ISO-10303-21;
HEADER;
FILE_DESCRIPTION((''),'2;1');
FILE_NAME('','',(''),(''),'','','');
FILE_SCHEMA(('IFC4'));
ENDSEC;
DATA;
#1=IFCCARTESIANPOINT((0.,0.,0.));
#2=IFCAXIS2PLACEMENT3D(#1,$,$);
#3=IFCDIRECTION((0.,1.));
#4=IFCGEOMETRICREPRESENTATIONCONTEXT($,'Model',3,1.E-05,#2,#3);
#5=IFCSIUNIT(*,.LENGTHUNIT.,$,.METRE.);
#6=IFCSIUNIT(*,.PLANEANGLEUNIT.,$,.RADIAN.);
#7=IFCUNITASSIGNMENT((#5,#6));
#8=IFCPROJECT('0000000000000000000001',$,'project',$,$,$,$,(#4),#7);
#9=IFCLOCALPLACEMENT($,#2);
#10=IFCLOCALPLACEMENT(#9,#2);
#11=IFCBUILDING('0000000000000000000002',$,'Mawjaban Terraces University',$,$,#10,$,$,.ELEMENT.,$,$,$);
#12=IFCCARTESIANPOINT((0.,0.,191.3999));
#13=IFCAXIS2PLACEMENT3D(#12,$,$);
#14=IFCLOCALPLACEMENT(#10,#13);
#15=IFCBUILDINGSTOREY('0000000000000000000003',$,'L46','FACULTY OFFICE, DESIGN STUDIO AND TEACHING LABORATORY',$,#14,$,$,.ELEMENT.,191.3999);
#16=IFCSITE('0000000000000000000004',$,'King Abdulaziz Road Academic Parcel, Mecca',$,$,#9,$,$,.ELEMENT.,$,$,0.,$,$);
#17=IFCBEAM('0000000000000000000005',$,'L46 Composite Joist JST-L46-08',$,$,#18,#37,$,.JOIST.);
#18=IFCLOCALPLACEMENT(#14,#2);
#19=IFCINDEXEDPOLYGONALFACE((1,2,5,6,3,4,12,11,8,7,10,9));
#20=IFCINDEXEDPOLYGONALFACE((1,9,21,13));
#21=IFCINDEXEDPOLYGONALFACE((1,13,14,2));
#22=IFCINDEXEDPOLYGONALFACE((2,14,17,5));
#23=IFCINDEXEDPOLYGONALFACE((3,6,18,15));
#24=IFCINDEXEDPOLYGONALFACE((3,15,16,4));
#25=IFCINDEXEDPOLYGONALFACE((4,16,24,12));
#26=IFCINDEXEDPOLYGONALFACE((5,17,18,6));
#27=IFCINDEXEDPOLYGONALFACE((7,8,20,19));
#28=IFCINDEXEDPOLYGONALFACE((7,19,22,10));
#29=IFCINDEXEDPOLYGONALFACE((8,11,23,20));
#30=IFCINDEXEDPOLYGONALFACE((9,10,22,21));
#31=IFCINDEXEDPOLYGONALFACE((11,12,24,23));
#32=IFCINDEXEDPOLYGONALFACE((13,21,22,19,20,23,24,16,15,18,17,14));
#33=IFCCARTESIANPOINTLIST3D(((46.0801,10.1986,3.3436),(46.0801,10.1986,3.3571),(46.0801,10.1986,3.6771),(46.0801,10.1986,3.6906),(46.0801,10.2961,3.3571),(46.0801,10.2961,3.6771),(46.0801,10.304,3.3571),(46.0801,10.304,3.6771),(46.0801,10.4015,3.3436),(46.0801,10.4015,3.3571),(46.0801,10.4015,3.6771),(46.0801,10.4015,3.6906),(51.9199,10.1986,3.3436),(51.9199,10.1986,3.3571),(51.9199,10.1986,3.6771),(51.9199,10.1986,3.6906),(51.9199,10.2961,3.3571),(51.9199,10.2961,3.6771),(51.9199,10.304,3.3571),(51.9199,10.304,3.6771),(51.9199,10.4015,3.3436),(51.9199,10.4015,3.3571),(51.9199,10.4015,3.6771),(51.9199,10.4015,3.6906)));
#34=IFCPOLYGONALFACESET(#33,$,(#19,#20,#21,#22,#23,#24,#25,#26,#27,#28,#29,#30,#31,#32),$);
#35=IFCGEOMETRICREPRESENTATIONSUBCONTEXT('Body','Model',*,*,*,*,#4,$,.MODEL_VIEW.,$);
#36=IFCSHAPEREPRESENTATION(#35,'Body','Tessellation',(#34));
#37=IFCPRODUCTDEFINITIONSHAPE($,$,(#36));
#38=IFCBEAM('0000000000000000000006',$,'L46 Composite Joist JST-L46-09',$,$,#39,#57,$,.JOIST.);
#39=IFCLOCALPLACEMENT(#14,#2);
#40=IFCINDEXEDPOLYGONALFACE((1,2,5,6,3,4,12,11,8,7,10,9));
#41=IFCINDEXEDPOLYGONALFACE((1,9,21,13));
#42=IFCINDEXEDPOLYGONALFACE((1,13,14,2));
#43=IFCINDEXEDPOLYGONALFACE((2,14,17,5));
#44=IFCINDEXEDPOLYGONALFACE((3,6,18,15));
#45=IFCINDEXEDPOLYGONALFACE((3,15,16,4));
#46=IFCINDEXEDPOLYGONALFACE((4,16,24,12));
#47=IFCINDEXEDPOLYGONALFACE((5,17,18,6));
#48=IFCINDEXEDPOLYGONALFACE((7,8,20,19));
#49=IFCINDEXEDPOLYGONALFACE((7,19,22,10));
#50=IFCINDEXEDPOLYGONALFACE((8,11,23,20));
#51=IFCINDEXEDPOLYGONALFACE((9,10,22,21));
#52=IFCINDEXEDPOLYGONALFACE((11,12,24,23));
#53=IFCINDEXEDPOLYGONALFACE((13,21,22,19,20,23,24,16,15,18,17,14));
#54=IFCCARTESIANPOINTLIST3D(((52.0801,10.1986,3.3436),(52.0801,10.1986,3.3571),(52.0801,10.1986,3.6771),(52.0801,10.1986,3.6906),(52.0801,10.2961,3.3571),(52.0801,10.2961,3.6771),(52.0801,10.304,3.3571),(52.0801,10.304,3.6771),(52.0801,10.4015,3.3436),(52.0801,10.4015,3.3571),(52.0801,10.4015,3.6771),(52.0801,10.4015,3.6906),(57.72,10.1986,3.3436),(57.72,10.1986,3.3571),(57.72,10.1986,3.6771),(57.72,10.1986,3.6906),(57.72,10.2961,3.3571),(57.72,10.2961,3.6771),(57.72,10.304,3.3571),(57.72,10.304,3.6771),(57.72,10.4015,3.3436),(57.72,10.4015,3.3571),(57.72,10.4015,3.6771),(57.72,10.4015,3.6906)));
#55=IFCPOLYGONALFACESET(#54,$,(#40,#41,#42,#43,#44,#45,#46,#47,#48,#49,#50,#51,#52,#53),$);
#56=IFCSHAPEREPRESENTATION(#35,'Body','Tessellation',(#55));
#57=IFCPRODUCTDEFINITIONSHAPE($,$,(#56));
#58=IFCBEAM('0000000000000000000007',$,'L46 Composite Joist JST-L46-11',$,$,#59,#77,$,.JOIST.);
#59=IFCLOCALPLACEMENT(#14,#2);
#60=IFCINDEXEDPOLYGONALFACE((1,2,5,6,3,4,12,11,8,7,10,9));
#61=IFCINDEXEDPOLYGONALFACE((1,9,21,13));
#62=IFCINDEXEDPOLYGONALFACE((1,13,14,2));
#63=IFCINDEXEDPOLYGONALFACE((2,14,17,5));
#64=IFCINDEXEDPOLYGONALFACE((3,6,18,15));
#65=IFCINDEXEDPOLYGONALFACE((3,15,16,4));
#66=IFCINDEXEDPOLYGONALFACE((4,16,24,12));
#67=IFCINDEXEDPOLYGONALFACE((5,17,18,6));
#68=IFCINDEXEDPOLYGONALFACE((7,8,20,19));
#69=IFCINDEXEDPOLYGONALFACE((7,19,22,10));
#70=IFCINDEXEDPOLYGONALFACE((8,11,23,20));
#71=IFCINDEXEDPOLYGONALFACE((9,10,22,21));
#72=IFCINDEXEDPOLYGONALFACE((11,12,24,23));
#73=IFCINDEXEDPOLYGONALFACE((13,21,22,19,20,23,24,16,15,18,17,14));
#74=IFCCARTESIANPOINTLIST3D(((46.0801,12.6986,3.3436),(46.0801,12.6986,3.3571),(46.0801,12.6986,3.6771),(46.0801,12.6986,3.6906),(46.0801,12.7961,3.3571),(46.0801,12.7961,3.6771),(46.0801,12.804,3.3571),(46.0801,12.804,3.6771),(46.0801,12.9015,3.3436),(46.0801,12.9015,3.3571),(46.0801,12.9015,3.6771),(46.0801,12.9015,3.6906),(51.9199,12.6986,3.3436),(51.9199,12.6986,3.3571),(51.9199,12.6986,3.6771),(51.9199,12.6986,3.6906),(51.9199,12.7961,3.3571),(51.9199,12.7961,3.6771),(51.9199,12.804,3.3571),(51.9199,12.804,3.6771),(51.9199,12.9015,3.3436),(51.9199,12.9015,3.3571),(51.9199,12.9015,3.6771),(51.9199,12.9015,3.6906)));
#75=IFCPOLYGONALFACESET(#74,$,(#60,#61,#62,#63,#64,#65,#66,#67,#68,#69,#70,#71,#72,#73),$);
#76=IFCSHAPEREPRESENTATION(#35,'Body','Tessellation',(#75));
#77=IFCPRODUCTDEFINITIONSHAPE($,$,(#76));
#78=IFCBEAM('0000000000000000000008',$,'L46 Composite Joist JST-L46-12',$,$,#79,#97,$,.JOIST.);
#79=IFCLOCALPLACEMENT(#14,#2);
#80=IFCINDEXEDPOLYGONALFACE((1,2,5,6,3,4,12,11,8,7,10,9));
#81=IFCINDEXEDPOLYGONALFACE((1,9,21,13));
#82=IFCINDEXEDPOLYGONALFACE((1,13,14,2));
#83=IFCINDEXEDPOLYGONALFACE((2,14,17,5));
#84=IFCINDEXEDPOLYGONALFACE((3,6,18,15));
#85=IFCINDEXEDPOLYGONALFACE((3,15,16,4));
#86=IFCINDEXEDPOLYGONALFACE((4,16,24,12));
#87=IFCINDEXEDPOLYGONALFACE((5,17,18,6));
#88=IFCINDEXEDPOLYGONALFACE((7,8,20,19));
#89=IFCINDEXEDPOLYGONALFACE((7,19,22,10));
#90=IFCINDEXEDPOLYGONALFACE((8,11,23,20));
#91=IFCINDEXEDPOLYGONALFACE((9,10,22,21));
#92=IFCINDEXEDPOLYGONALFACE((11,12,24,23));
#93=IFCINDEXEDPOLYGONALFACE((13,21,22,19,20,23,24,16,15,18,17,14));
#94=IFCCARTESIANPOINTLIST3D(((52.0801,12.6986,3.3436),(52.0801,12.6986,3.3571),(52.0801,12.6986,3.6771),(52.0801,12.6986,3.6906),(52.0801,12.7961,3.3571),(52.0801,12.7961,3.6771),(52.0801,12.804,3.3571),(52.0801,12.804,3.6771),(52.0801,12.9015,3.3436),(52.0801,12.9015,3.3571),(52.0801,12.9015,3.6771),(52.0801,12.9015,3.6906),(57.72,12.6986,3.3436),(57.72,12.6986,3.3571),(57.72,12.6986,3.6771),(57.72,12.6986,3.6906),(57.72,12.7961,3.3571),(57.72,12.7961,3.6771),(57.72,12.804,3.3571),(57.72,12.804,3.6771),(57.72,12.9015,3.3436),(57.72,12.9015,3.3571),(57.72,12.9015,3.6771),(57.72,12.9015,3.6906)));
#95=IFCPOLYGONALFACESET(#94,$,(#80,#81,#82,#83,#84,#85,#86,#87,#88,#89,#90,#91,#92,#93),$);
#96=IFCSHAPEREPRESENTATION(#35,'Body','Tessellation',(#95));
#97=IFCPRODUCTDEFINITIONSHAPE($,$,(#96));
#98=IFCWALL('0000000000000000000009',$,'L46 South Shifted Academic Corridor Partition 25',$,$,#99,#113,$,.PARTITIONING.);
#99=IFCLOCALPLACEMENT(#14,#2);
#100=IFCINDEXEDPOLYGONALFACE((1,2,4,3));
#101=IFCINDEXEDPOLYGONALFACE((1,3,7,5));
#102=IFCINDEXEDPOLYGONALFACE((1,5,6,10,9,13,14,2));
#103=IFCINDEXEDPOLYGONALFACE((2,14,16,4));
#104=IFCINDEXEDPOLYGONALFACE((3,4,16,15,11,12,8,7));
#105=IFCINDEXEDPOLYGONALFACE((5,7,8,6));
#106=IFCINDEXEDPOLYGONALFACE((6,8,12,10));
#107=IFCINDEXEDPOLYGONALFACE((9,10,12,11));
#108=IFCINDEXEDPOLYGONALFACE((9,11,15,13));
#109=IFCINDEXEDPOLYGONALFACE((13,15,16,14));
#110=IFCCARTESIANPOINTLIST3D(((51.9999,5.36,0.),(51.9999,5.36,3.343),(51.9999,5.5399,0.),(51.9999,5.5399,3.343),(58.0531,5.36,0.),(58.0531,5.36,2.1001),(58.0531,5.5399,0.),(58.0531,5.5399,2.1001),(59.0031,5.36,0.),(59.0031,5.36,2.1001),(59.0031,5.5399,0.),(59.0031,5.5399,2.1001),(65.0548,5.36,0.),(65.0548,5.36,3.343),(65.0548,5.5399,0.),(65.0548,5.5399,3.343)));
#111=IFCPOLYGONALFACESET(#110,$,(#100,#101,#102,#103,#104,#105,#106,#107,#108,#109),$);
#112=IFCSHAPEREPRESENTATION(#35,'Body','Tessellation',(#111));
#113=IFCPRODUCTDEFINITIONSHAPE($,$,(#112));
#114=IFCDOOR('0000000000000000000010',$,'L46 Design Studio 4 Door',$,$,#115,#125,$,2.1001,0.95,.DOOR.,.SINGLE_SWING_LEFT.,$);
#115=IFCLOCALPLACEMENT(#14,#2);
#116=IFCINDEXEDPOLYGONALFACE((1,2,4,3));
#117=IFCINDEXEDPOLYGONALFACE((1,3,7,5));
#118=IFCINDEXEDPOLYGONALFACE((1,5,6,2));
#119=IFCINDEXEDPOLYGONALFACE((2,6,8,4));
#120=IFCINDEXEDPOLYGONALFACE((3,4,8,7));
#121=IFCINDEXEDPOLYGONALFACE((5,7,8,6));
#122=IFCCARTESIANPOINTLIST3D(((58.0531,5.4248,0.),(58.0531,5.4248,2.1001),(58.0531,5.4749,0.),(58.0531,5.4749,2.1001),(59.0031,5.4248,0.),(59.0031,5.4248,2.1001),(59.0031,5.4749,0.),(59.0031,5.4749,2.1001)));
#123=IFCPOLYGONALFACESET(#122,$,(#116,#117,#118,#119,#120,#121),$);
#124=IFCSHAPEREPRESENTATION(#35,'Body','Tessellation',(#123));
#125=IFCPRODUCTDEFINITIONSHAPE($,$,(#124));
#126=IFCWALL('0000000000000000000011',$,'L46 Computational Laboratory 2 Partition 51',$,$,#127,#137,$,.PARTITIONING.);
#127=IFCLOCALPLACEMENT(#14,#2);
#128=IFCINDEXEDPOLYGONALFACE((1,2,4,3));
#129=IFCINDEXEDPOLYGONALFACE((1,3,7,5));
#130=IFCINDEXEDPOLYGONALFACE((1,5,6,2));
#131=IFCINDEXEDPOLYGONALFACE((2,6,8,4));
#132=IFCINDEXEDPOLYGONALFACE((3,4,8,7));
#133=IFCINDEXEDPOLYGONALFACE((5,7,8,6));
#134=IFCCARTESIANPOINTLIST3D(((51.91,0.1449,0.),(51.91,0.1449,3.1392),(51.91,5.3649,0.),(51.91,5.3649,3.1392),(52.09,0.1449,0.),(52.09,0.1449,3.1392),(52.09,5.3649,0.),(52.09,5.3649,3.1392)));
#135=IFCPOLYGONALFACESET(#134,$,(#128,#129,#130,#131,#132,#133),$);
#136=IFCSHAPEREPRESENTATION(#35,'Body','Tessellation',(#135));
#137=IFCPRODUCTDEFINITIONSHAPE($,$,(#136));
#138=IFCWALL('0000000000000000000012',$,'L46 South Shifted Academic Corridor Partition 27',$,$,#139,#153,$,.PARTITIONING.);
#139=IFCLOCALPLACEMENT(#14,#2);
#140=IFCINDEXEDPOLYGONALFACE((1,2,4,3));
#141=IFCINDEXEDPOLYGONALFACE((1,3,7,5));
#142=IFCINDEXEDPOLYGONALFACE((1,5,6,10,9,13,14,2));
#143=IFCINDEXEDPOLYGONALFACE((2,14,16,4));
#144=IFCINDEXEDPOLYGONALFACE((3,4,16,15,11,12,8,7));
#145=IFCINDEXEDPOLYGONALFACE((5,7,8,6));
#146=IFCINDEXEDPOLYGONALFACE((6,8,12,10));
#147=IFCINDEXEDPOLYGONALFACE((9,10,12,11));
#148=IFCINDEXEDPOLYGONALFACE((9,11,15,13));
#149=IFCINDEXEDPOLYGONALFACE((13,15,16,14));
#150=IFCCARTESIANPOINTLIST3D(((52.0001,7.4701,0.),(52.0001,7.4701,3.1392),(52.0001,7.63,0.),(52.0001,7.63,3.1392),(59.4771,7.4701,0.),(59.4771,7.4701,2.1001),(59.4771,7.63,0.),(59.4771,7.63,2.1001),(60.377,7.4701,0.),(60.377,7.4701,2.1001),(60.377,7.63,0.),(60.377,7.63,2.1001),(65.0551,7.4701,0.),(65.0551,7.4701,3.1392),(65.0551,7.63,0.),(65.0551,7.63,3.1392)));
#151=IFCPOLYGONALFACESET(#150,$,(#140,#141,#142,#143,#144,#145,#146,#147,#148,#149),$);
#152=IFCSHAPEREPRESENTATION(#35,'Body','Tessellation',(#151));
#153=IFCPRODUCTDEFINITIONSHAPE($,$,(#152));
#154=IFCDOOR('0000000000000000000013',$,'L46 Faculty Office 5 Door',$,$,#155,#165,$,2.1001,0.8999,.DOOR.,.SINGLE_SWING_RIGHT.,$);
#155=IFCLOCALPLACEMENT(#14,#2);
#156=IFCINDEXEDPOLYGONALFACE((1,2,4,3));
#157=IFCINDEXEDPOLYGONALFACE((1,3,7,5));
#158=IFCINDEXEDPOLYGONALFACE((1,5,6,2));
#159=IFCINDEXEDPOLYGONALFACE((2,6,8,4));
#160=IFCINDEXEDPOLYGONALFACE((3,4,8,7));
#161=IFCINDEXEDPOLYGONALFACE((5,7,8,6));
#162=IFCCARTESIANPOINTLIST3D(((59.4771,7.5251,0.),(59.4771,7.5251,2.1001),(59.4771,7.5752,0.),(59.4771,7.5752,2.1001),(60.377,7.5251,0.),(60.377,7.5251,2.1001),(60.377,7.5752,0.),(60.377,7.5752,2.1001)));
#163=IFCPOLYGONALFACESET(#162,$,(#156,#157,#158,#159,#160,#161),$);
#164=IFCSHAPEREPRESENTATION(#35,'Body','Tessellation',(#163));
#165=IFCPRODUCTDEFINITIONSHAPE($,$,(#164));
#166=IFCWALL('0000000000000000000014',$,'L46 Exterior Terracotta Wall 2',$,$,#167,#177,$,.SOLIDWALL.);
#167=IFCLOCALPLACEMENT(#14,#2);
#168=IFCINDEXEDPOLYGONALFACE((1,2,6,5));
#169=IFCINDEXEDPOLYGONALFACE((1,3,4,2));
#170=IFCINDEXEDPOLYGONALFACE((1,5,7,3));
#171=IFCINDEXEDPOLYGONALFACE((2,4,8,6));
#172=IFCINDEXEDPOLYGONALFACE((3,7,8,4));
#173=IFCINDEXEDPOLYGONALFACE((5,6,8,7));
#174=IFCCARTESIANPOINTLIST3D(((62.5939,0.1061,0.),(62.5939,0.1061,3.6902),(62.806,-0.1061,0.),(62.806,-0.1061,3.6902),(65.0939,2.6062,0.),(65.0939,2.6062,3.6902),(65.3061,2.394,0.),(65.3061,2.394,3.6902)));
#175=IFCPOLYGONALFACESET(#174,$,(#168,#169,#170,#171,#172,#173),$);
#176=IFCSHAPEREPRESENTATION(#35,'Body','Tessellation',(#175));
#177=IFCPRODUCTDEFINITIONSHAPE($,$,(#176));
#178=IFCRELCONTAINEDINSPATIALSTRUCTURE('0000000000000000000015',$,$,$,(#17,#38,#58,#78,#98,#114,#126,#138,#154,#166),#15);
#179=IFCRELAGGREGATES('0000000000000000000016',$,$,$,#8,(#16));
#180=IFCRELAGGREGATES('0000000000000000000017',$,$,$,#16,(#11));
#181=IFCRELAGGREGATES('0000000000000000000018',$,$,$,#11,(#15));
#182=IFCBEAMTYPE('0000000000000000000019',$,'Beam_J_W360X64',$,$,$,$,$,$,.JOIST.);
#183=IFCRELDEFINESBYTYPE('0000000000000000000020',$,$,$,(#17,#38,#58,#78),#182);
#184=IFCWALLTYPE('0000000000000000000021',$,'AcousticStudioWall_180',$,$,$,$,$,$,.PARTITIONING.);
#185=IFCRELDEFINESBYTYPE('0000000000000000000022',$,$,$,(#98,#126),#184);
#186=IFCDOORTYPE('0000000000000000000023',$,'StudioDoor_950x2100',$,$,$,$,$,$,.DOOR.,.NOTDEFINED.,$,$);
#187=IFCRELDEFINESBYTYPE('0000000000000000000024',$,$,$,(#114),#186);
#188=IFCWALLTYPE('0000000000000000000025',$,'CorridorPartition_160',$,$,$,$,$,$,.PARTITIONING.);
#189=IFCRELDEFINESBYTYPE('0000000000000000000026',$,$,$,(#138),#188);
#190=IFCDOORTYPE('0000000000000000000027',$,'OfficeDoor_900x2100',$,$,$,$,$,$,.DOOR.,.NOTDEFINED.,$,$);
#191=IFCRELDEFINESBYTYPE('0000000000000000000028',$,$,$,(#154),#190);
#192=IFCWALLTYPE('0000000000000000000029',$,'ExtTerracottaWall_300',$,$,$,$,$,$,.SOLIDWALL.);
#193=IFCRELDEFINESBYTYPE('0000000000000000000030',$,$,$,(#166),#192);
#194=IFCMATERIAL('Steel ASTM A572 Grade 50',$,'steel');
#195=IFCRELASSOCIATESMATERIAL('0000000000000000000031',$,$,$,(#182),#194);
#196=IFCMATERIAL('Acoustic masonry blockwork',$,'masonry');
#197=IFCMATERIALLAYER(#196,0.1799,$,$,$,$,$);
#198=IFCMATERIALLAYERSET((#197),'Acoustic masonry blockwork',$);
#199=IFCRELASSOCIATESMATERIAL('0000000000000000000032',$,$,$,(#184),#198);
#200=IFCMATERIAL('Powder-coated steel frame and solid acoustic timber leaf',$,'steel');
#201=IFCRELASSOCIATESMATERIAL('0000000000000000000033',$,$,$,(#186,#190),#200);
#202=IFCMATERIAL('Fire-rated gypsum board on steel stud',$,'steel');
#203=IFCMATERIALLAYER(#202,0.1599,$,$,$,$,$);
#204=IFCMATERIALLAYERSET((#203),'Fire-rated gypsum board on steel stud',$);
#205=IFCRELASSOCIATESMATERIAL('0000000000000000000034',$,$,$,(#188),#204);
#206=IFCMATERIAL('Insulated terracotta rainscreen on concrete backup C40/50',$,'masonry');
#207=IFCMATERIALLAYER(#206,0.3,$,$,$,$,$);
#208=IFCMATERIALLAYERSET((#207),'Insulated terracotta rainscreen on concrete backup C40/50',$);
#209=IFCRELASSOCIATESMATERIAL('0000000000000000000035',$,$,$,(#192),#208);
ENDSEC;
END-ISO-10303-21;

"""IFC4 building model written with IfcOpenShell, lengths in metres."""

from ifc_helpers import new_model, si_unit, direction, frame, frame_2d, origin, origin_2d, place, context, subcontext, project, spatial, rectangle, i_section, extrude, material, layer, layer_set, material_profile, profile_set, type_object, element, fill, save


model = new_model("IFC4")

# Units and contexts
model_context = context("Model", 3, precision=1e-05, world=origin(), true_north=direction((0.0, 1.0)))
body_context = subcontext(model_context, "Body", "Model", "MODEL_VIEW")
ifc_project = project(units=[si_unit("LENGTHUNIT", "METRE"), si_unit("PLANEANGLEUNIT", "RADIAN")], contexts=[model_context])

# Site, building, storey
site_placement = place(None, origin())
site = spatial("IfcSite", under=ifc_project, at=site_placement, Name="King Abdulaziz Road Academic Parcel, Mecca", CompositionType="ELEMENT", RefElevation=0.0)
building_placement = place(site_placement, origin())
building = spatial("IfcBuilding", under=site, at=building_placement, Name="Mawjaban Terraces University", CompositionType="ELEMENT")
storey_placement = place(building_placement, frame((0.0, 0.0, 191.3999)))
storey = spatial("IfcBuildingStorey", under=building, at=storey_placement, Name="L46", Description="FACULTY OFFICE, DESIGN STUDIO AND TEACHING LABORATORY", CompositionType="ELEMENT", Elevation=191.3999)

# Beams
ifc_material_1 = material(Name="Steel ASTM A572 Grade 50", Category="steel")
ifc_material_profile_1 = material_profile(ifc_material_1, i_section(OverallWidth=0.2029, OverallDepth=0.3469, WebThickness=0.0078, FlangeThickness=0.0134, at=origin_2d()), Name="W360X64")
ifc_profile_set_1 = profile_set([ifc_material_profile_1], Name="Steel ASTM A572 Grade 50")
beam_type_1 = type_object("IfcBeamType", Name="Beam_J_W360X64", PredefinedType="JOIST", material=ifc_profile_set_1)
beam_1_placement = place(storey_placement, frame((46.0801, 10.3, 3.5171), z_axis=(1.0, 0.0, 0.0), x_axis=(0.0, 1.0, 0.0)))
element("IfcBeam", 1, at=beam_1_placement, inside=storey, type_object=beam_type_1, Name="L46 Composite Joist JST-L46-08", PredefinedType="JOIST", context=body_context, shape_type="SweptSolid", body=[
    extrude(i_section(OverallWidth=0.2029, OverallDepth=0.3469, WebThickness=0.0078, FlangeThickness=0.0134, at=origin_2d()), origin(), (0.0, 0.0, 1.0), 5.8398),
])
beam_2_placement = place(storey_placement, frame((52.0801, 10.3, 3.5171), z_axis=(1.0, 0.0, 0.0), x_axis=(0.0, 1.0, 0.0)))
element("IfcBeam", 2, at=beam_2_placement, inside=storey, type_object=beam_type_1, Name="L46 Composite Joist JST-L46-09", PredefinedType="JOIST", context=body_context, shape_type="SweptSolid", body=[
    extrude(i_section(OverallWidth=0.2029, OverallDepth=0.3469, WebThickness=0.0078, FlangeThickness=0.0134, at=origin_2d()), origin(), (0.0, 0.0, 1.0), 5.6399),
])
beam_3_placement = place(storey_placement, frame((46.0801, 12.8, 3.5171), z_axis=(1.0, 0.0, 0.0), x_axis=(0.0, 1.0, 0.0)))
element("IfcBeam", 3, at=beam_3_placement, inside=storey, type_object=beam_type_1, Name="L46 Composite Joist JST-L46-11", PredefinedType="JOIST", context=body_context, shape_type="SweptSolid", body=[
    extrude(i_section(OverallWidth=0.2029, OverallDepth=0.3469, WebThickness=0.0078, FlangeThickness=0.0134, at=origin_2d()), origin(), (0.0, 0.0, 1.0), 5.8398),
])
beam_4_placement = place(storey_placement, frame((52.0801, 12.8, 3.5171), z_axis=(1.0, 0.0, 0.0), x_axis=(0.0, 1.0, 0.0)))
element("IfcBeam", 4, at=beam_4_placement, inside=storey, type_object=beam_type_1, Name="L46 Composite Joist JST-L46-12", PredefinedType="JOIST", context=body_context, shape_type="SweptSolid", body=[
    extrude(i_section(OverallWidth=0.2029, OverallDepth=0.3469, WebThickness=0.0078, FlangeThickness=0.0134, at=origin_2d()), origin(), (0.0, 0.0, 1.0), 5.6399),
])

# Wall, opening, door
ifc_material_2 = material(Name="Acoustic masonry blockwork", Category="masonry")
ifc_layer_1 = layer(ifc_material_2, 0.1799)
ifc_layer_set_1 = layer_set([ifc_layer_1], Name="Acoustic masonry blockwork")
wall_type_1 = type_object("IfcWallType", Name="AcousticStudioWall_180", PredefinedType="PARTITIONING", material=ifc_layer_set_1)
wall_1_placement = place(storey_placement, frame((52.0, 5.45, 0.0), z_axis=(0.0, 0.0, 1.0), x_axis=(1.0, 0.0, 0.0)))
wall_1 = element("IfcWall", 5, at=wall_1_placement, inside=storey, type_object=wall_type_1, Name="L46 South Shifted Academic Corridor Partition 25", PredefinedType="PARTITIONING", context=body_context, shape_type="SweptSolid", body=[
    extrude(rectangle(XDim=13.0549, YDim=0.1799, at=frame_2d((6.5273, 0.0))), origin(), (0.0, 0.0, 1.0), 3.343),
])
opening_1_placement = place(wall_1_placement, frame((6.053, 0.0, 0.0)))
opening_1 = element("IfcOpeningElement", 6, at=opening_1_placement, cuts=wall_1, PredefinedType="OPENING", context=body_context, shape_type="SweptSolid", body=[
    extrude(rectangle(XDim=0.95, YDim=2.1001, at=frame_2d((0.4751, 1.05))), frame((0.0, 0.0999, 0.0), z_axis=(0.0, -1.0, 0.0), x_axis=(1.0, 0.0, 0.0)), (0.0, 0.0, 1.0), 0.2),
])
ifc_material_3 = material(Name="Powder-coated steel frame and solid acoustic timber leaf", Category="steel")
door_type_1 = type_object("IfcDoorType", Name="StudioDoor_950x2100", OperationType="NOTDEFINED", PredefinedType="DOOR", material=ifc_material_3)
door_1_placement = place(opening_1_placement, origin())
door_1 = element("IfcDoor", 7, at=door_1_placement, inside=storey, type_object=door_type_1, Name="L46 Design Studio 4 Door", OperationType="SINGLE_SWING_LEFT", OverallHeight=2.1001, OverallWidth=0.95, PredefinedType="DOOR", context=body_context, shape_type="SweptSolid", body=[
    extrude(rectangle(XDim=0.95, YDim=2.1001, at=frame_2d((0.4751, 1.05))), frame((0.0, 0.0249, 0.0), z_axis=(0.0, -1.0, 0.0), x_axis=(1.0, 0.0, 0.0)), (0.0, 0.0, 1.0), 0.05),
])
fill(opening_1, door_1)

# Wall
wall_2_placement = place(storey_placement, frame((52.0, 0.145, 0.0), z_axis=(0.0, 0.0, 1.0), x_axis=(0.0, 1.0, 0.0)))
element("IfcWall", 8, at=wall_2_placement, inside=storey, type_object=wall_type_1, Name="L46 Computational Laboratory 2 Partition 51", PredefinedType="PARTITIONING", context=body_context, shape_type="SweptSolid", body=[
    extrude(rectangle(XDim=5.22, YDim=0.1799, at=frame_2d((2.6099, 0.0))), origin(), (0.0, 0.0, 1.0), 3.1392),
])

# Wall, opening, door
ifc_material_4 = material(Name="Fire-rated gypsum board on steel stud", Category="steel")
ifc_layer_2 = layer(ifc_material_4, 0.1599)
ifc_layer_set_2 = layer_set([ifc_layer_2], Name="Fire-rated gypsum board on steel stud")
wall_type_2 = type_object("IfcWallType", Name="CorridorPartition_160", PredefinedType="PARTITIONING", material=ifc_layer_set_2)
wall_3_placement = place(storey_placement, frame((65.0549, 7.55, 0.0), z_axis=(0.0, 0.0, 1.0), x_axis=(-1.0, 0.0, 0.0)))
wall_3 = element("IfcWall", 9, at=wall_3_placement, inside=storey, type_object=wall_type_2, Name="L46 South Shifted Academic Corridor Partition 27", PredefinedType="PARTITIONING", context=body_context, shape_type="SweptSolid", body=[
    extrude(rectangle(XDim=13.0549, YDim=0.1599, at=frame_2d((6.5273, 0.0))), origin(), (0.0, 0.0, 1.0), 3.1392),
])
opening_2_placement = place(wall_3_placement, frame((4.678, 0.0, 0.0)))
opening_2 = element("IfcOpeningElement", 10, at=opening_2_placement, cuts=wall_3, PredefinedType="OPENING", context=body_context, shape_type="SweptSolid", body=[
    extrude(rectangle(XDim=0.8999, YDim=2.1001, at=frame_2d((0.45, 1.05))), frame((0.0, 0.0898, 0.0), z_axis=(0.0, -1.0, 0.0), x_axis=(1.0, 0.0, 0.0)), (0.0, 0.0, 1.0), 0.1799),
])
door_type_2 = type_object("IfcDoorType", Name="OfficeDoor_900x2100", OperationType="NOTDEFINED", PredefinedType="DOOR", material=ifc_material_3)
door_2_placement = place(opening_2_placement, origin())
door_2 = element("IfcDoor", 11, at=door_2_placement, inside=storey, type_object=door_type_2, Name="L46 Faculty Office 5 Door", OperationType="SINGLE_SWING_RIGHT", OverallHeight=2.1001, OverallWidth=0.8999, PredefinedType="DOOR", context=body_context, shape_type="SweptSolid", body=[
    extrude(rectangle(XDim=0.8999, YDim=2.1001, at=frame_2d((0.45, 1.05))), frame((0.0, 0.0249, 0.0), z_axis=(0.0, -1.0, 0.0), x_axis=(1.0, 0.0, 0.0)), (0.0, 0.0, 1.0), 0.05),
])
fill(opening_2, door_2)

# Wall
ifc_material_5 = material(Name="Insulated terracotta rainscreen on concrete backup C40/50", Category="masonry")
ifc_layer_3 = layer(ifc_material_5, 0.3)
ifc_layer_set_3 = layer_set([ifc_layer_3], Name="Insulated terracotta rainscreen on concrete backup C40/50")
wall_type_3 = type_object("IfcWallType", Name="ExtTerracottaWall_300", PredefinedType="SOLIDWALL", material=ifc_layer_set_3)
wall_4_placement = place(storey_placement, frame((62.7, 0.0, 0.0), z_axis=(0.0, 0.0, 1.0), x_axis=(0.707107, 0.707107, 0.0)))
element("IfcWall", 12, at=wall_4_placement, inside=storey, type_object=wall_type_3, Name="L46 Exterior Terracotta Wall 2", PredefinedType="SOLIDWALL", context=body_context, shape_type="SweptSolid", body=[
    extrude(rectangle(XDim=3.5356, YDim=0.3, at=frame_2d((1.7678, 0.0))), origin(), (0.0, 0.0, 1.0), 3.6902),
])

save(model, "model.ifc")
